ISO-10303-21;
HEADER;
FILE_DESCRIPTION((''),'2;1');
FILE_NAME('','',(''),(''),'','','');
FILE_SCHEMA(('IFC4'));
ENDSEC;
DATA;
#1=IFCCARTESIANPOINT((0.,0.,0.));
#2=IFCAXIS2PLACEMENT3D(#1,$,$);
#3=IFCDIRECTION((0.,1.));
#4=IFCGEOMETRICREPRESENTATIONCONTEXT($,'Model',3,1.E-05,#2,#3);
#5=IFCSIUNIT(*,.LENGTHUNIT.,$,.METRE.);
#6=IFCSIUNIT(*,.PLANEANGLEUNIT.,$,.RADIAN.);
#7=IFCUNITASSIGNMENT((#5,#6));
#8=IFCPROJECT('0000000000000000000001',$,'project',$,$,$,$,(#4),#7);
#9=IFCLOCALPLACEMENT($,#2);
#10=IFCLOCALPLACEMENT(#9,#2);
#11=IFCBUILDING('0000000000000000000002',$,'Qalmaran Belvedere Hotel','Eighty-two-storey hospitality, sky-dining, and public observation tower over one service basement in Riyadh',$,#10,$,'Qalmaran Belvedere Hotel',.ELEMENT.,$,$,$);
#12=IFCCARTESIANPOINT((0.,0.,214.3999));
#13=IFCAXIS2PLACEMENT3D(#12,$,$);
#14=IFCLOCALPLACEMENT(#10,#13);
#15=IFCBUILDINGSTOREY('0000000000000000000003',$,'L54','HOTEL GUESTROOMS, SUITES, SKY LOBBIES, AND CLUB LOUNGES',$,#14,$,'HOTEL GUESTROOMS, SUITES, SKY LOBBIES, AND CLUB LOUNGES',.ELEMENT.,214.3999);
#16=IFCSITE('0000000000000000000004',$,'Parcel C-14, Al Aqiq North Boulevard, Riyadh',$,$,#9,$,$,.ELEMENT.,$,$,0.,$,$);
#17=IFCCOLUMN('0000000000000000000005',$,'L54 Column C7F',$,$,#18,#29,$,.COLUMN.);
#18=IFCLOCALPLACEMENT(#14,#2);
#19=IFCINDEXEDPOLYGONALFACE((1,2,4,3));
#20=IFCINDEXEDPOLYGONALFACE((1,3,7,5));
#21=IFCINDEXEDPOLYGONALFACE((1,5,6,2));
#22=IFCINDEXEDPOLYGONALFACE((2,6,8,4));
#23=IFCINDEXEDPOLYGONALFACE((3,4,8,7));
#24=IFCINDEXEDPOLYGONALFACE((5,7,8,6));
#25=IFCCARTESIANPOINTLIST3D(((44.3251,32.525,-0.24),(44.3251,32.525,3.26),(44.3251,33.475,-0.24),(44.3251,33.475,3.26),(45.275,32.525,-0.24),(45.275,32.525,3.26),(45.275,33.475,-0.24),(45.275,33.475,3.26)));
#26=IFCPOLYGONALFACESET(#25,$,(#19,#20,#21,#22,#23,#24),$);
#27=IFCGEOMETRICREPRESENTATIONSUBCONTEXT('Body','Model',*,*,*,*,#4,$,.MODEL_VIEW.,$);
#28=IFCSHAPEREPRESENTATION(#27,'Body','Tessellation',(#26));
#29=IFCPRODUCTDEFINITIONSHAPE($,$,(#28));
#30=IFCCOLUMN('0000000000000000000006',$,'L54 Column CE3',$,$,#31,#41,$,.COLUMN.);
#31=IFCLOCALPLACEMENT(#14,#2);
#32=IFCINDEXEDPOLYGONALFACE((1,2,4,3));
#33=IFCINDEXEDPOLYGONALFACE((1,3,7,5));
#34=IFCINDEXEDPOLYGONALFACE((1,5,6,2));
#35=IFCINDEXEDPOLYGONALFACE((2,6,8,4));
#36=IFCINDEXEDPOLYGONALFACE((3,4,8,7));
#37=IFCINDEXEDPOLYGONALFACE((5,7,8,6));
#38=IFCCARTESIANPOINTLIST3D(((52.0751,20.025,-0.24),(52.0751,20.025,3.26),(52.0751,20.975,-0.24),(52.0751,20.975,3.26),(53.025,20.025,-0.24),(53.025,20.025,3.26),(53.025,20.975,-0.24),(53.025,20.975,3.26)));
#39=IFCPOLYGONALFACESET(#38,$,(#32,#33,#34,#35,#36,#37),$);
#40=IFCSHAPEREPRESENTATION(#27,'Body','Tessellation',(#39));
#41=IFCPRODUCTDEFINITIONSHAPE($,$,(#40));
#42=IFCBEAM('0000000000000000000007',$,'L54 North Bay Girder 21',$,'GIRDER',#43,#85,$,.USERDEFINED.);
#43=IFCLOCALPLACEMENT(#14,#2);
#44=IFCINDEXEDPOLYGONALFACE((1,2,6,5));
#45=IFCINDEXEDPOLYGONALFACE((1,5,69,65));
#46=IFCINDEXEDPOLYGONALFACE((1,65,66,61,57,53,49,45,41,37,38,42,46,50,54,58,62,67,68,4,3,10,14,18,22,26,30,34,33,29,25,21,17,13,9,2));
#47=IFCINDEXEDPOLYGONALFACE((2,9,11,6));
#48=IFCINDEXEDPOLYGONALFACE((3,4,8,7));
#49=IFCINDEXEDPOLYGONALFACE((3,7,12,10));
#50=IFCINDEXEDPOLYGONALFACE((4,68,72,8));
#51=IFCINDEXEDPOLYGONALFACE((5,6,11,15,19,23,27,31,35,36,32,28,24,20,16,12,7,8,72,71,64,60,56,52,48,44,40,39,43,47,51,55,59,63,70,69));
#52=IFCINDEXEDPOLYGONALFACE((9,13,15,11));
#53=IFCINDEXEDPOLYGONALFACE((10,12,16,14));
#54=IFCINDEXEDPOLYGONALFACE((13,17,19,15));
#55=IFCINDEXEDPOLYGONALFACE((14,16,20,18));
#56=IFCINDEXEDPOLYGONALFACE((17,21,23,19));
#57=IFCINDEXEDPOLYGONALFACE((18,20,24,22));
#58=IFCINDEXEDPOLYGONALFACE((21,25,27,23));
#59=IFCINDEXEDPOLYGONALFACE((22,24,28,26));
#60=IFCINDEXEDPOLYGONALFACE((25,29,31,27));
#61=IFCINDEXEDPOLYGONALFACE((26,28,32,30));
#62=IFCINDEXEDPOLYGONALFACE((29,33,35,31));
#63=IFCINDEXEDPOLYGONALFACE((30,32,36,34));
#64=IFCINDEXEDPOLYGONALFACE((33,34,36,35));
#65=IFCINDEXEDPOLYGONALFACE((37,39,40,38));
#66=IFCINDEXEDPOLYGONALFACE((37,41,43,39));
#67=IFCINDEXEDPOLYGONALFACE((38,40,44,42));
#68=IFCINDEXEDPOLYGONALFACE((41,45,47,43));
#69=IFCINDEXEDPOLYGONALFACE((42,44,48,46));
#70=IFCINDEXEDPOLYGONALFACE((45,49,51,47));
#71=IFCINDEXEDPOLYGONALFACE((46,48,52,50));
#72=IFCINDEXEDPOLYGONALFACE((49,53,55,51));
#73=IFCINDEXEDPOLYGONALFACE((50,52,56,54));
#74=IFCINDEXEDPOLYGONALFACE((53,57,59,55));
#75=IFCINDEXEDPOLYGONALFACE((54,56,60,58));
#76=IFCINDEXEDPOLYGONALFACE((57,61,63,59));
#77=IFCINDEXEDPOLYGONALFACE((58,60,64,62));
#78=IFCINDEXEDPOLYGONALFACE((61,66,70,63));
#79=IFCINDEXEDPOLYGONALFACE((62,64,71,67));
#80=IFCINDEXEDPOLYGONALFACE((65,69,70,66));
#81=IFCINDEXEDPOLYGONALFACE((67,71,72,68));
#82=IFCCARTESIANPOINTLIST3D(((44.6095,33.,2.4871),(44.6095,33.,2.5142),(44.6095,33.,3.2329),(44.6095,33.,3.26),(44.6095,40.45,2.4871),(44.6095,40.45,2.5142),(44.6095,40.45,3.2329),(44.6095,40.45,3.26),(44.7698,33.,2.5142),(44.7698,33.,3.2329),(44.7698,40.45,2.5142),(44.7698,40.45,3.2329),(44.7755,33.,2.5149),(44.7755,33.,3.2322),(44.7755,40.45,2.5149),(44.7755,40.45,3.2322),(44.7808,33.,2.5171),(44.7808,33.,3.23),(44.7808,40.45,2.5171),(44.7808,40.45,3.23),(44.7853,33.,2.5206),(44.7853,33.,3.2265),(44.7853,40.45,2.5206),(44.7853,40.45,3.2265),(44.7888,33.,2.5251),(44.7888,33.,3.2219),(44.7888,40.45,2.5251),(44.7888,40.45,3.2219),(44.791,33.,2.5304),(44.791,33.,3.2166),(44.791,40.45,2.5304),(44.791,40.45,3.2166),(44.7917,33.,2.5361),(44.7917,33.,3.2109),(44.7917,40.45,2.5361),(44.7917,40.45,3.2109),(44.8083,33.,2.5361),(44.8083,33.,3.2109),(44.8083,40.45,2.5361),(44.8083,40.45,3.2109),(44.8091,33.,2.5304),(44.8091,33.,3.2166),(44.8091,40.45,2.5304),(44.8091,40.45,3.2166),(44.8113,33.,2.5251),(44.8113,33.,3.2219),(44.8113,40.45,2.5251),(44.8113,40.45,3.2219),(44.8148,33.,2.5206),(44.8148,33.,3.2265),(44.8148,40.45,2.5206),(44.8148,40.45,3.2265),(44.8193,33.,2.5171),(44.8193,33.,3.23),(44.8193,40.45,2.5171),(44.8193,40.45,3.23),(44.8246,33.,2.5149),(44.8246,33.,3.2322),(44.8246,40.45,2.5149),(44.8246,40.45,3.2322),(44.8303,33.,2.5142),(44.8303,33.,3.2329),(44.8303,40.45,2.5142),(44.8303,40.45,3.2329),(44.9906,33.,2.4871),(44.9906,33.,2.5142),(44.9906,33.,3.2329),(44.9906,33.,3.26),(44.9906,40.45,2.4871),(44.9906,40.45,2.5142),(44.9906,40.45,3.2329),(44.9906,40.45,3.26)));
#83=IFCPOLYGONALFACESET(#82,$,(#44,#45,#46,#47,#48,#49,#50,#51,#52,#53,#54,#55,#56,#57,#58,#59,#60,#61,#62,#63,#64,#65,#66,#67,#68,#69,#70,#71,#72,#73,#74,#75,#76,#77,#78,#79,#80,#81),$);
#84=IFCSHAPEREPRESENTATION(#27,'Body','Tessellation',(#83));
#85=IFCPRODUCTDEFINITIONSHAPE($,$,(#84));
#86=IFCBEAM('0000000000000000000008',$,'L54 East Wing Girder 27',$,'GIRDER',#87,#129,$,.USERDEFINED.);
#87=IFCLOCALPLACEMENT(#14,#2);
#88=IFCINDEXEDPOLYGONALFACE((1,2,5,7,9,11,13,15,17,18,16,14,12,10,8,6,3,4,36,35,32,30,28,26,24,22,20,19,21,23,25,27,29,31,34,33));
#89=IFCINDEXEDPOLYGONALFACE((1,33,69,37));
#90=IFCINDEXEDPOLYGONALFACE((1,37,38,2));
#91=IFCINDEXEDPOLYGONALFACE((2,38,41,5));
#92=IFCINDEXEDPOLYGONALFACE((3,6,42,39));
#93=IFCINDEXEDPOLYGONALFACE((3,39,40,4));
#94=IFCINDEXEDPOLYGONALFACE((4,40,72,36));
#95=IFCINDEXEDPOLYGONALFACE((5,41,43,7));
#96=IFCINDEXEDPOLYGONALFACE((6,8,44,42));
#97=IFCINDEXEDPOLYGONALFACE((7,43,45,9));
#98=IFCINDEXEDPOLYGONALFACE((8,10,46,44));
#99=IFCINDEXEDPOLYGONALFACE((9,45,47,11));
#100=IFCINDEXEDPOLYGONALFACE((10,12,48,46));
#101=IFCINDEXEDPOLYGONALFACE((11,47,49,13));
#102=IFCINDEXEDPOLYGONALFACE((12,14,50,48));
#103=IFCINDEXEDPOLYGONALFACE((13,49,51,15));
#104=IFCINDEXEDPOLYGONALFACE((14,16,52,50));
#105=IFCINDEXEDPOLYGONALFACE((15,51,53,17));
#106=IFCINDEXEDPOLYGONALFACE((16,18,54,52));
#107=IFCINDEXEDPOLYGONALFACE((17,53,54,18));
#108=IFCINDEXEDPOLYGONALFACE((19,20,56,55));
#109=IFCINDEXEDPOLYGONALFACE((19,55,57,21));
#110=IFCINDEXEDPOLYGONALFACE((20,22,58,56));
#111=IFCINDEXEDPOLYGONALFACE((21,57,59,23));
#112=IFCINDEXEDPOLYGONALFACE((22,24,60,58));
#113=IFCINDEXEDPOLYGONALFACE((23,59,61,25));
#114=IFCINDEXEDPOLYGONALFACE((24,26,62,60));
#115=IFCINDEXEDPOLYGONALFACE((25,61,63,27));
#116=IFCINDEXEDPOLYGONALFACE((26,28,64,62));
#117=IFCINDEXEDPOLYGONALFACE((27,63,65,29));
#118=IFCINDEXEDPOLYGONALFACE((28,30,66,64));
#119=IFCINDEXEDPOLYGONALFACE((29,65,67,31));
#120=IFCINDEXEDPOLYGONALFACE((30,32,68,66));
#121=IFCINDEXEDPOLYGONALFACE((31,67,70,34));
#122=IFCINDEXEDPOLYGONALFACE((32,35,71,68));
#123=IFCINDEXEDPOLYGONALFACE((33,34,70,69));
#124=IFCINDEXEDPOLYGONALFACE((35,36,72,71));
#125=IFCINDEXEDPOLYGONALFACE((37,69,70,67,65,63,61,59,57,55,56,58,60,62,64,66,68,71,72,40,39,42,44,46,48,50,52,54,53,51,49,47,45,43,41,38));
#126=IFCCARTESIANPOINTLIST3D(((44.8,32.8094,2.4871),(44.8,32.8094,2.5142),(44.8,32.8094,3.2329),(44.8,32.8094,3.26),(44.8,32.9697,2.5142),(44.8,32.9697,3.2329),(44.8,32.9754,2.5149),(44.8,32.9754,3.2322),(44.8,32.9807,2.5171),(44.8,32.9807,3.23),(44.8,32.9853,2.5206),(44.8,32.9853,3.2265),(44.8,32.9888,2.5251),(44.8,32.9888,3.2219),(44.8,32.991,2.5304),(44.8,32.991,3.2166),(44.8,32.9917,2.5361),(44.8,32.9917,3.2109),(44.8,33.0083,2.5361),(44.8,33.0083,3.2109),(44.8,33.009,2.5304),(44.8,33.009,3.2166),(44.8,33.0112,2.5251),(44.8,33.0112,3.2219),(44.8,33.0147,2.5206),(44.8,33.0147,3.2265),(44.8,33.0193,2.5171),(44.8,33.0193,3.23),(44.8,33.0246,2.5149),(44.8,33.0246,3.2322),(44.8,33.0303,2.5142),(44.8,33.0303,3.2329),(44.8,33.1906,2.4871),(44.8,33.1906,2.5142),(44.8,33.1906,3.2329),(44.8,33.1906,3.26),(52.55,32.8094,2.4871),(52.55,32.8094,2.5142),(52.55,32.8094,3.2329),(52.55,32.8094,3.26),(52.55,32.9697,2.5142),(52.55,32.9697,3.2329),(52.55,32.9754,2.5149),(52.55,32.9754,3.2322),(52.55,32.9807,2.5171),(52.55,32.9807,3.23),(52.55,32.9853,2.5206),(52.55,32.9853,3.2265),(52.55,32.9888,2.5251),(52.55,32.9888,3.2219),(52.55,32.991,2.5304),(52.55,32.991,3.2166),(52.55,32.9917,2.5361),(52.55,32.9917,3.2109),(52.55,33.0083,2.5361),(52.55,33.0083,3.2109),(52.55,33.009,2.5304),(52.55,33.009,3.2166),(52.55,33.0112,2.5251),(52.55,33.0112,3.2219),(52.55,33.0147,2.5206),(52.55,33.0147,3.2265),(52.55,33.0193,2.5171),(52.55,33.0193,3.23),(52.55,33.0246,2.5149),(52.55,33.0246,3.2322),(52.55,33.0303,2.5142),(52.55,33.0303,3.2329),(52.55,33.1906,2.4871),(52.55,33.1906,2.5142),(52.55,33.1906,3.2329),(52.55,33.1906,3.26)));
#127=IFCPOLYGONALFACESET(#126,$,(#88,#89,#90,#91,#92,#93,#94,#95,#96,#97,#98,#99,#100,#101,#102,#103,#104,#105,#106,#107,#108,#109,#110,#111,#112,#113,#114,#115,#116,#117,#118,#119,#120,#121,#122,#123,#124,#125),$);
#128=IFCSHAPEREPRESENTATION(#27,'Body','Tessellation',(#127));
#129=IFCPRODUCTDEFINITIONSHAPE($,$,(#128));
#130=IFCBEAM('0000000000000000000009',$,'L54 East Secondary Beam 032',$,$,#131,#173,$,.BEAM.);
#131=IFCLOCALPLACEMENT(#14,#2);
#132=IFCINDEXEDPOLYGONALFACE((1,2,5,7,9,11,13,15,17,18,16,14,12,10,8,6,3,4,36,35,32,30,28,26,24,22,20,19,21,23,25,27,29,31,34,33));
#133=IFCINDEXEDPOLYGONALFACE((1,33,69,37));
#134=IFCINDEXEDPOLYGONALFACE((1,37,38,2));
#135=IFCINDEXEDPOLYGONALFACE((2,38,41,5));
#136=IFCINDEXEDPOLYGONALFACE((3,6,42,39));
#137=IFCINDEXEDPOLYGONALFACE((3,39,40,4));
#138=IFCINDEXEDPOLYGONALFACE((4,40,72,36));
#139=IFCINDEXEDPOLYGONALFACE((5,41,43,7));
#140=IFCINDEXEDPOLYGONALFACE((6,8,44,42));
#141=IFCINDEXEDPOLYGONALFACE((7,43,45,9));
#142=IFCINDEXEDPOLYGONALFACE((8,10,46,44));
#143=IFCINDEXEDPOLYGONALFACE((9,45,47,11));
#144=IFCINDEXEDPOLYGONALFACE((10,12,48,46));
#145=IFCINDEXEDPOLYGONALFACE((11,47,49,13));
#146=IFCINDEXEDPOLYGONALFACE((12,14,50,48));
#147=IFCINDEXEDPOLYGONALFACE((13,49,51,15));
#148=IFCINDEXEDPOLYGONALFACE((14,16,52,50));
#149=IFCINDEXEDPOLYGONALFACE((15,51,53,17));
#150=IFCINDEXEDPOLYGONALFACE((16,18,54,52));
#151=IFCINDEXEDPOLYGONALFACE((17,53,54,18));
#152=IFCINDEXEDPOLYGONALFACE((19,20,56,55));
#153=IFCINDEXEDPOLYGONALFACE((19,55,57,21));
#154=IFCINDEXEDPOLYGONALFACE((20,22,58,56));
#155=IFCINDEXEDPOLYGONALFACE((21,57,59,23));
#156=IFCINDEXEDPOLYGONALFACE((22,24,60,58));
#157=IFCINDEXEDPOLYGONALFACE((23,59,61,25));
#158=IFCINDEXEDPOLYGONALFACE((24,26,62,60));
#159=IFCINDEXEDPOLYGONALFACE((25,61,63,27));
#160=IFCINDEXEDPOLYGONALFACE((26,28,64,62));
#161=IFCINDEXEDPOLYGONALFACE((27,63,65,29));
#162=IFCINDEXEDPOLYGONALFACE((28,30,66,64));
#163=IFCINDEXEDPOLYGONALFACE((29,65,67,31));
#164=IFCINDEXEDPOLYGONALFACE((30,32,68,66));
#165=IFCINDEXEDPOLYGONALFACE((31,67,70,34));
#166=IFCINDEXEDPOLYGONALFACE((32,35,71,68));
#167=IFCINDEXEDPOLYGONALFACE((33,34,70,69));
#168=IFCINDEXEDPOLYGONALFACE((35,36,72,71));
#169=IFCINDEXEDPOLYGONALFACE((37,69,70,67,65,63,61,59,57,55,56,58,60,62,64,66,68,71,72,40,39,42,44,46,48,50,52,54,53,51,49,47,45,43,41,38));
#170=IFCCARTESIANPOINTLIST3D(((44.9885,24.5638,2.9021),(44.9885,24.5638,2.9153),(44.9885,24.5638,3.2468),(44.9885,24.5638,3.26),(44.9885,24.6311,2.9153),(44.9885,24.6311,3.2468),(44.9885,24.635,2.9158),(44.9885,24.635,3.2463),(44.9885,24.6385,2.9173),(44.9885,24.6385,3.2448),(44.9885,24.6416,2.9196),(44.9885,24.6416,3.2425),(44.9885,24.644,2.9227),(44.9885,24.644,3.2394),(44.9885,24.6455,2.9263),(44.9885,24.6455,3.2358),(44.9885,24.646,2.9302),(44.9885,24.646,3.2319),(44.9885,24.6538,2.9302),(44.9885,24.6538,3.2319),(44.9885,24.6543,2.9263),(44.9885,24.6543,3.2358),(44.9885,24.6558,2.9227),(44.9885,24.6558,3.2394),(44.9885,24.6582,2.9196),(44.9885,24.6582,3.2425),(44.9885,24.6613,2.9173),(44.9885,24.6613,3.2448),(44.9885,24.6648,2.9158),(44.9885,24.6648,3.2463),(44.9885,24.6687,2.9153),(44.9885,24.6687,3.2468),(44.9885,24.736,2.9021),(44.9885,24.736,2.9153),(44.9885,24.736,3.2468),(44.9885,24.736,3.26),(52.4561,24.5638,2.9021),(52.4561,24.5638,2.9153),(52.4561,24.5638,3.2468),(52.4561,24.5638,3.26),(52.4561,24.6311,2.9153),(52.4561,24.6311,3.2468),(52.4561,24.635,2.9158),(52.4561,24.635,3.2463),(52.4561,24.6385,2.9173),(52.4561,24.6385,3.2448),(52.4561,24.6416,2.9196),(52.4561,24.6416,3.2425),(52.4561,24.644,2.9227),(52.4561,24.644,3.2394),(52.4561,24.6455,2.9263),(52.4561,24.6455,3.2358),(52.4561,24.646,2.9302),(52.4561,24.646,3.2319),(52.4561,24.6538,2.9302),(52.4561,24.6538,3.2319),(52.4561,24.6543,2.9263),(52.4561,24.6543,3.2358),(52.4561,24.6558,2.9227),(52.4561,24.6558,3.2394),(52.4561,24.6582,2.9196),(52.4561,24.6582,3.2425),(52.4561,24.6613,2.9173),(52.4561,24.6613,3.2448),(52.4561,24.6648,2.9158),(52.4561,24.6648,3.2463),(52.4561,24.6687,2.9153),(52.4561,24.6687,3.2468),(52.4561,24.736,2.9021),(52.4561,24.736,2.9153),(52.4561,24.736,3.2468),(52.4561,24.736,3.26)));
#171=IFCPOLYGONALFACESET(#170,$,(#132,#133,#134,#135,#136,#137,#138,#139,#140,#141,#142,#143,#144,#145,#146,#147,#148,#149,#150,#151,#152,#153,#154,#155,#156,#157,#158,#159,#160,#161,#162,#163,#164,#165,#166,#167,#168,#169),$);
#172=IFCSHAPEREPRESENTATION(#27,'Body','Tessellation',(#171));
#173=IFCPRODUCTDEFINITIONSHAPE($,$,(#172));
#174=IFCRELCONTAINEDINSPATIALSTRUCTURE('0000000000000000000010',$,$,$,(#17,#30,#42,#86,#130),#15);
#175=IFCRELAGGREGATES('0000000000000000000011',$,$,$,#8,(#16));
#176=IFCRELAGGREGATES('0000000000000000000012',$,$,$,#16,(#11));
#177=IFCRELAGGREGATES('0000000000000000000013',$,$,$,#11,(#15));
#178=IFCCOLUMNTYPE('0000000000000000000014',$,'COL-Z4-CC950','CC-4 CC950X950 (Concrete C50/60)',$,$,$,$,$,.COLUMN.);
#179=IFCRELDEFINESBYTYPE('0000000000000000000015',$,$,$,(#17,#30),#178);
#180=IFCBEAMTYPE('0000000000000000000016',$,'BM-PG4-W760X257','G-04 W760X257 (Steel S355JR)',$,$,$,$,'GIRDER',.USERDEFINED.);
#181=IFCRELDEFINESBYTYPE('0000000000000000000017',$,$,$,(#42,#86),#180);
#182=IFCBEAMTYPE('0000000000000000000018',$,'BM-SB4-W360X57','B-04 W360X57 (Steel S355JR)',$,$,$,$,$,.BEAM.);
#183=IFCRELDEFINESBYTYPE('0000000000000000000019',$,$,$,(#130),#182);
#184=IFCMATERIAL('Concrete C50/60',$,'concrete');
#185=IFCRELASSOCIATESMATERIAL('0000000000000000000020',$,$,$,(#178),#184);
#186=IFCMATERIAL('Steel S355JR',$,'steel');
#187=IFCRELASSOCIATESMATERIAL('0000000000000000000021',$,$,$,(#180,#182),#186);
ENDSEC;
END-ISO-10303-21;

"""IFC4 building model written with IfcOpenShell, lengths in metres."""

from ifc_helpers import new_model, si_unit, direction, frame, origin, origin_2d, place, context, subcontext, project, spatial, rectangle, i_section, extrude, material, material_profile, profile_set, type_object, element, save


model = new_model("IFC4")

# Units and contexts
model_context = context("Model", 3, precision=1e-05, world=origin(), true_north=direction((0.0, 1.0)))
body_context = subcontext(model_context, "Body", "Model", "MODEL_VIEW")
ifc_project = project(units=[si_unit("LENGTHUNIT", "METRE"), si_unit("PLANEANGLEUNIT", "RADIAN")], contexts=[model_context])

# Site, building, storey
site_placement = place(None, origin())
site = spatial("IfcSite", under=ifc_project, at=site_placement, Name="Parcel C-14, Al Aqiq North Boulevard, Riyadh", CompositionType="ELEMENT", RefElevation=0.0)
building_placement = place(site_placement, origin())
building = spatial("IfcBuilding", under=site, at=building_placement, Name="Qalmaran Belvedere Hotel", Description="Eighty-two-storey hospitality, sky-dining, and public observation tower over one service basement in Riyadh", LongName="Qalmaran Belvedere Hotel", CompositionType="ELEMENT")
storey_placement = place(building_placement, frame((0.0, 0.0, 214.3999)))
storey = spatial("IfcBuildingStorey", under=building, at=storey_placement, Name="L54", Description="HOTEL GUESTROOMS, SUITES, SKY LOBBIES, AND CLUB LOUNGES", LongName="HOTEL GUESTROOMS, SUITES, SKY LOBBIES, AND CLUB LOUNGES", CompositionType="ELEMENT", Elevation=214.3999)

# Columns
ifc_material_1 = material(Name="Concrete C50/60", Category="concrete")
ifc_material_profile_1 = material_profile(ifc_material_1, rectangle(XDim=0.95, YDim=0.95, at=origin_2d()), Name="CC950X950")
ifc_profile_set_1 = profile_set([ifc_material_profile_1], Name="Concrete C50/60")
column_type = type_object("IfcColumnType", Name="COL-Z4-CC950", Description="CC-4 CC950X950 (Concrete C50/60)", PredefinedType="COLUMN", material=ifc_profile_set_1)
for number, where, z_axis, x_axis, name in (
    (1, (44.8, 33.0, -0.24), (0.0, 0.0, 1.0), (1.0, 0.0, 0.0), "L54 Column C7F"),
    (2, (52.55, 20.5, -0.24), (0.0, 0.0, 1.0), (1.0, 0.0, 0.0), "L54 Column CE3"),
):
    element("IfcColumn", number, at=place(storey_placement, frame(where, z_axis=z_axis, x_axis=x_axis)), inside=storey, type_object=column_type, Name=name, PredefinedType="COLUMN", context=body_context, shape_type="SweptSolid", body=[
        extrude(rectangle(XDim=0.95, YDim=0.95, at=origin_2d()), origin(), (0.0, 0.0, 1.0), 3.5),
    ])

# Beams
ifc_material_2 = material(Name="Steel S355JR", Category="steel")
ifc_material_profile_2 = material_profile(ifc_material_2, i_section(OverallWidth=0.3811, OverallDepth=0.7729, WebThickness=0.0166, FlangeThickness=0.0271, FilletRadius=0.022, at=origin_2d()), Name="W760X257")
ifc_profile_set_2 = profile_set([ifc_material_profile_2], Name="Steel S355JR")
beam_type_1 = type_object("IfcBeamType", Name="BM-PG4-W760X257", Description="G-04 W760X257 (Steel S355JR)", ElementType="GIRDER", PredefinedType="USERDEFINED", material=ifc_profile_set_2)
beam_1_placement = place(storey_placement, frame((44.8, 33.0, 2.8735), z_axis=(0.0, 1.0, 0.0), x_axis=(-1.0, 0.0, 0.0)))
element("IfcBeam", 3, at=beam_1_placement, inside=storey, type_object=beam_type_1, Name="L54 North Bay Girder 21", ObjectType="GIRDER", PredefinedType="USERDEFINED", context=body_context, shape_type="SweptSolid", body=[
    extrude(i_section(OverallWidth=0.3811, OverallDepth=0.7729, WebThickness=0.0166, FlangeThickness=0.0271, FilletRadius=0.022, at=origin_2d()), origin(), (0.0, 0.0, 1.0), 7.45),
])
beam_2_placement = place(storey_placement, frame((44.8, 33.0, 2.8735), z_axis=(1.0, 0.0, 0.0), x_axis=(0.0, 1.0, 0.0)))
element("IfcBeam", 4, at=beam_2_placement, inside=storey, type_object=beam_type_1, Name="L54 East Wing Girder 27", ObjectType="GIRDER", PredefinedType="USERDEFINED", context=body_context, shape_type="SweptSolid", body=[
    extrude(i_section(OverallWidth=0.3811, OverallDepth=0.7729, WebThickness=0.0166, FlangeThickness=0.0271, FilletRadius=0.022, at=origin_2d()), origin(), (0.0, 0.0, 1.0), 7.75),
])
ifc_material_profile_3 = material_profile(ifc_material_2, i_section(OverallWidth=0.1721, OverallDepth=0.3579, WebThickness=0.0078, FlangeThickness=0.0132, FilletRadius=0.0149, at=origin_2d()), Name="W360X57")
ifc_profile_set_3 = profile_set([ifc_material_profile_3], Name="Steel S355JR")
beam_type_2 = type_object("IfcBeamType", Name="BM-SB4-W360X57", Description="B-04 W360X57 (Steel S355JR)", PredefinedType="BEAM", material=ifc_profile_set_3)
for number, where, z_axis, x_axis, name in (
    (5, (44.9885, 24.6499, 3.0811), (1.0, 0.0, 0.0), (0.0, 1.0, 0.0), "L54 East Secondary Beam 032"),
):
    element("IfcBeam", number, at=place(storey_placement, frame(where, z_axis=z_axis, x_axis=x_axis)), inside=storey, type_object=beam_type_2, Name=name, PredefinedType="BEAM", context=body_context, shape_type="SweptSolid", body=[
        extrude(i_section(OverallWidth=0.1721, OverallDepth=0.3579, WebThickness=0.0078, FlangeThickness=0.0132, FilletRadius=0.0149, at=origin_2d()), origin(), (0.0, 0.0, 1.0), 7.4675),
    ])

save(model, "model.ifc")
